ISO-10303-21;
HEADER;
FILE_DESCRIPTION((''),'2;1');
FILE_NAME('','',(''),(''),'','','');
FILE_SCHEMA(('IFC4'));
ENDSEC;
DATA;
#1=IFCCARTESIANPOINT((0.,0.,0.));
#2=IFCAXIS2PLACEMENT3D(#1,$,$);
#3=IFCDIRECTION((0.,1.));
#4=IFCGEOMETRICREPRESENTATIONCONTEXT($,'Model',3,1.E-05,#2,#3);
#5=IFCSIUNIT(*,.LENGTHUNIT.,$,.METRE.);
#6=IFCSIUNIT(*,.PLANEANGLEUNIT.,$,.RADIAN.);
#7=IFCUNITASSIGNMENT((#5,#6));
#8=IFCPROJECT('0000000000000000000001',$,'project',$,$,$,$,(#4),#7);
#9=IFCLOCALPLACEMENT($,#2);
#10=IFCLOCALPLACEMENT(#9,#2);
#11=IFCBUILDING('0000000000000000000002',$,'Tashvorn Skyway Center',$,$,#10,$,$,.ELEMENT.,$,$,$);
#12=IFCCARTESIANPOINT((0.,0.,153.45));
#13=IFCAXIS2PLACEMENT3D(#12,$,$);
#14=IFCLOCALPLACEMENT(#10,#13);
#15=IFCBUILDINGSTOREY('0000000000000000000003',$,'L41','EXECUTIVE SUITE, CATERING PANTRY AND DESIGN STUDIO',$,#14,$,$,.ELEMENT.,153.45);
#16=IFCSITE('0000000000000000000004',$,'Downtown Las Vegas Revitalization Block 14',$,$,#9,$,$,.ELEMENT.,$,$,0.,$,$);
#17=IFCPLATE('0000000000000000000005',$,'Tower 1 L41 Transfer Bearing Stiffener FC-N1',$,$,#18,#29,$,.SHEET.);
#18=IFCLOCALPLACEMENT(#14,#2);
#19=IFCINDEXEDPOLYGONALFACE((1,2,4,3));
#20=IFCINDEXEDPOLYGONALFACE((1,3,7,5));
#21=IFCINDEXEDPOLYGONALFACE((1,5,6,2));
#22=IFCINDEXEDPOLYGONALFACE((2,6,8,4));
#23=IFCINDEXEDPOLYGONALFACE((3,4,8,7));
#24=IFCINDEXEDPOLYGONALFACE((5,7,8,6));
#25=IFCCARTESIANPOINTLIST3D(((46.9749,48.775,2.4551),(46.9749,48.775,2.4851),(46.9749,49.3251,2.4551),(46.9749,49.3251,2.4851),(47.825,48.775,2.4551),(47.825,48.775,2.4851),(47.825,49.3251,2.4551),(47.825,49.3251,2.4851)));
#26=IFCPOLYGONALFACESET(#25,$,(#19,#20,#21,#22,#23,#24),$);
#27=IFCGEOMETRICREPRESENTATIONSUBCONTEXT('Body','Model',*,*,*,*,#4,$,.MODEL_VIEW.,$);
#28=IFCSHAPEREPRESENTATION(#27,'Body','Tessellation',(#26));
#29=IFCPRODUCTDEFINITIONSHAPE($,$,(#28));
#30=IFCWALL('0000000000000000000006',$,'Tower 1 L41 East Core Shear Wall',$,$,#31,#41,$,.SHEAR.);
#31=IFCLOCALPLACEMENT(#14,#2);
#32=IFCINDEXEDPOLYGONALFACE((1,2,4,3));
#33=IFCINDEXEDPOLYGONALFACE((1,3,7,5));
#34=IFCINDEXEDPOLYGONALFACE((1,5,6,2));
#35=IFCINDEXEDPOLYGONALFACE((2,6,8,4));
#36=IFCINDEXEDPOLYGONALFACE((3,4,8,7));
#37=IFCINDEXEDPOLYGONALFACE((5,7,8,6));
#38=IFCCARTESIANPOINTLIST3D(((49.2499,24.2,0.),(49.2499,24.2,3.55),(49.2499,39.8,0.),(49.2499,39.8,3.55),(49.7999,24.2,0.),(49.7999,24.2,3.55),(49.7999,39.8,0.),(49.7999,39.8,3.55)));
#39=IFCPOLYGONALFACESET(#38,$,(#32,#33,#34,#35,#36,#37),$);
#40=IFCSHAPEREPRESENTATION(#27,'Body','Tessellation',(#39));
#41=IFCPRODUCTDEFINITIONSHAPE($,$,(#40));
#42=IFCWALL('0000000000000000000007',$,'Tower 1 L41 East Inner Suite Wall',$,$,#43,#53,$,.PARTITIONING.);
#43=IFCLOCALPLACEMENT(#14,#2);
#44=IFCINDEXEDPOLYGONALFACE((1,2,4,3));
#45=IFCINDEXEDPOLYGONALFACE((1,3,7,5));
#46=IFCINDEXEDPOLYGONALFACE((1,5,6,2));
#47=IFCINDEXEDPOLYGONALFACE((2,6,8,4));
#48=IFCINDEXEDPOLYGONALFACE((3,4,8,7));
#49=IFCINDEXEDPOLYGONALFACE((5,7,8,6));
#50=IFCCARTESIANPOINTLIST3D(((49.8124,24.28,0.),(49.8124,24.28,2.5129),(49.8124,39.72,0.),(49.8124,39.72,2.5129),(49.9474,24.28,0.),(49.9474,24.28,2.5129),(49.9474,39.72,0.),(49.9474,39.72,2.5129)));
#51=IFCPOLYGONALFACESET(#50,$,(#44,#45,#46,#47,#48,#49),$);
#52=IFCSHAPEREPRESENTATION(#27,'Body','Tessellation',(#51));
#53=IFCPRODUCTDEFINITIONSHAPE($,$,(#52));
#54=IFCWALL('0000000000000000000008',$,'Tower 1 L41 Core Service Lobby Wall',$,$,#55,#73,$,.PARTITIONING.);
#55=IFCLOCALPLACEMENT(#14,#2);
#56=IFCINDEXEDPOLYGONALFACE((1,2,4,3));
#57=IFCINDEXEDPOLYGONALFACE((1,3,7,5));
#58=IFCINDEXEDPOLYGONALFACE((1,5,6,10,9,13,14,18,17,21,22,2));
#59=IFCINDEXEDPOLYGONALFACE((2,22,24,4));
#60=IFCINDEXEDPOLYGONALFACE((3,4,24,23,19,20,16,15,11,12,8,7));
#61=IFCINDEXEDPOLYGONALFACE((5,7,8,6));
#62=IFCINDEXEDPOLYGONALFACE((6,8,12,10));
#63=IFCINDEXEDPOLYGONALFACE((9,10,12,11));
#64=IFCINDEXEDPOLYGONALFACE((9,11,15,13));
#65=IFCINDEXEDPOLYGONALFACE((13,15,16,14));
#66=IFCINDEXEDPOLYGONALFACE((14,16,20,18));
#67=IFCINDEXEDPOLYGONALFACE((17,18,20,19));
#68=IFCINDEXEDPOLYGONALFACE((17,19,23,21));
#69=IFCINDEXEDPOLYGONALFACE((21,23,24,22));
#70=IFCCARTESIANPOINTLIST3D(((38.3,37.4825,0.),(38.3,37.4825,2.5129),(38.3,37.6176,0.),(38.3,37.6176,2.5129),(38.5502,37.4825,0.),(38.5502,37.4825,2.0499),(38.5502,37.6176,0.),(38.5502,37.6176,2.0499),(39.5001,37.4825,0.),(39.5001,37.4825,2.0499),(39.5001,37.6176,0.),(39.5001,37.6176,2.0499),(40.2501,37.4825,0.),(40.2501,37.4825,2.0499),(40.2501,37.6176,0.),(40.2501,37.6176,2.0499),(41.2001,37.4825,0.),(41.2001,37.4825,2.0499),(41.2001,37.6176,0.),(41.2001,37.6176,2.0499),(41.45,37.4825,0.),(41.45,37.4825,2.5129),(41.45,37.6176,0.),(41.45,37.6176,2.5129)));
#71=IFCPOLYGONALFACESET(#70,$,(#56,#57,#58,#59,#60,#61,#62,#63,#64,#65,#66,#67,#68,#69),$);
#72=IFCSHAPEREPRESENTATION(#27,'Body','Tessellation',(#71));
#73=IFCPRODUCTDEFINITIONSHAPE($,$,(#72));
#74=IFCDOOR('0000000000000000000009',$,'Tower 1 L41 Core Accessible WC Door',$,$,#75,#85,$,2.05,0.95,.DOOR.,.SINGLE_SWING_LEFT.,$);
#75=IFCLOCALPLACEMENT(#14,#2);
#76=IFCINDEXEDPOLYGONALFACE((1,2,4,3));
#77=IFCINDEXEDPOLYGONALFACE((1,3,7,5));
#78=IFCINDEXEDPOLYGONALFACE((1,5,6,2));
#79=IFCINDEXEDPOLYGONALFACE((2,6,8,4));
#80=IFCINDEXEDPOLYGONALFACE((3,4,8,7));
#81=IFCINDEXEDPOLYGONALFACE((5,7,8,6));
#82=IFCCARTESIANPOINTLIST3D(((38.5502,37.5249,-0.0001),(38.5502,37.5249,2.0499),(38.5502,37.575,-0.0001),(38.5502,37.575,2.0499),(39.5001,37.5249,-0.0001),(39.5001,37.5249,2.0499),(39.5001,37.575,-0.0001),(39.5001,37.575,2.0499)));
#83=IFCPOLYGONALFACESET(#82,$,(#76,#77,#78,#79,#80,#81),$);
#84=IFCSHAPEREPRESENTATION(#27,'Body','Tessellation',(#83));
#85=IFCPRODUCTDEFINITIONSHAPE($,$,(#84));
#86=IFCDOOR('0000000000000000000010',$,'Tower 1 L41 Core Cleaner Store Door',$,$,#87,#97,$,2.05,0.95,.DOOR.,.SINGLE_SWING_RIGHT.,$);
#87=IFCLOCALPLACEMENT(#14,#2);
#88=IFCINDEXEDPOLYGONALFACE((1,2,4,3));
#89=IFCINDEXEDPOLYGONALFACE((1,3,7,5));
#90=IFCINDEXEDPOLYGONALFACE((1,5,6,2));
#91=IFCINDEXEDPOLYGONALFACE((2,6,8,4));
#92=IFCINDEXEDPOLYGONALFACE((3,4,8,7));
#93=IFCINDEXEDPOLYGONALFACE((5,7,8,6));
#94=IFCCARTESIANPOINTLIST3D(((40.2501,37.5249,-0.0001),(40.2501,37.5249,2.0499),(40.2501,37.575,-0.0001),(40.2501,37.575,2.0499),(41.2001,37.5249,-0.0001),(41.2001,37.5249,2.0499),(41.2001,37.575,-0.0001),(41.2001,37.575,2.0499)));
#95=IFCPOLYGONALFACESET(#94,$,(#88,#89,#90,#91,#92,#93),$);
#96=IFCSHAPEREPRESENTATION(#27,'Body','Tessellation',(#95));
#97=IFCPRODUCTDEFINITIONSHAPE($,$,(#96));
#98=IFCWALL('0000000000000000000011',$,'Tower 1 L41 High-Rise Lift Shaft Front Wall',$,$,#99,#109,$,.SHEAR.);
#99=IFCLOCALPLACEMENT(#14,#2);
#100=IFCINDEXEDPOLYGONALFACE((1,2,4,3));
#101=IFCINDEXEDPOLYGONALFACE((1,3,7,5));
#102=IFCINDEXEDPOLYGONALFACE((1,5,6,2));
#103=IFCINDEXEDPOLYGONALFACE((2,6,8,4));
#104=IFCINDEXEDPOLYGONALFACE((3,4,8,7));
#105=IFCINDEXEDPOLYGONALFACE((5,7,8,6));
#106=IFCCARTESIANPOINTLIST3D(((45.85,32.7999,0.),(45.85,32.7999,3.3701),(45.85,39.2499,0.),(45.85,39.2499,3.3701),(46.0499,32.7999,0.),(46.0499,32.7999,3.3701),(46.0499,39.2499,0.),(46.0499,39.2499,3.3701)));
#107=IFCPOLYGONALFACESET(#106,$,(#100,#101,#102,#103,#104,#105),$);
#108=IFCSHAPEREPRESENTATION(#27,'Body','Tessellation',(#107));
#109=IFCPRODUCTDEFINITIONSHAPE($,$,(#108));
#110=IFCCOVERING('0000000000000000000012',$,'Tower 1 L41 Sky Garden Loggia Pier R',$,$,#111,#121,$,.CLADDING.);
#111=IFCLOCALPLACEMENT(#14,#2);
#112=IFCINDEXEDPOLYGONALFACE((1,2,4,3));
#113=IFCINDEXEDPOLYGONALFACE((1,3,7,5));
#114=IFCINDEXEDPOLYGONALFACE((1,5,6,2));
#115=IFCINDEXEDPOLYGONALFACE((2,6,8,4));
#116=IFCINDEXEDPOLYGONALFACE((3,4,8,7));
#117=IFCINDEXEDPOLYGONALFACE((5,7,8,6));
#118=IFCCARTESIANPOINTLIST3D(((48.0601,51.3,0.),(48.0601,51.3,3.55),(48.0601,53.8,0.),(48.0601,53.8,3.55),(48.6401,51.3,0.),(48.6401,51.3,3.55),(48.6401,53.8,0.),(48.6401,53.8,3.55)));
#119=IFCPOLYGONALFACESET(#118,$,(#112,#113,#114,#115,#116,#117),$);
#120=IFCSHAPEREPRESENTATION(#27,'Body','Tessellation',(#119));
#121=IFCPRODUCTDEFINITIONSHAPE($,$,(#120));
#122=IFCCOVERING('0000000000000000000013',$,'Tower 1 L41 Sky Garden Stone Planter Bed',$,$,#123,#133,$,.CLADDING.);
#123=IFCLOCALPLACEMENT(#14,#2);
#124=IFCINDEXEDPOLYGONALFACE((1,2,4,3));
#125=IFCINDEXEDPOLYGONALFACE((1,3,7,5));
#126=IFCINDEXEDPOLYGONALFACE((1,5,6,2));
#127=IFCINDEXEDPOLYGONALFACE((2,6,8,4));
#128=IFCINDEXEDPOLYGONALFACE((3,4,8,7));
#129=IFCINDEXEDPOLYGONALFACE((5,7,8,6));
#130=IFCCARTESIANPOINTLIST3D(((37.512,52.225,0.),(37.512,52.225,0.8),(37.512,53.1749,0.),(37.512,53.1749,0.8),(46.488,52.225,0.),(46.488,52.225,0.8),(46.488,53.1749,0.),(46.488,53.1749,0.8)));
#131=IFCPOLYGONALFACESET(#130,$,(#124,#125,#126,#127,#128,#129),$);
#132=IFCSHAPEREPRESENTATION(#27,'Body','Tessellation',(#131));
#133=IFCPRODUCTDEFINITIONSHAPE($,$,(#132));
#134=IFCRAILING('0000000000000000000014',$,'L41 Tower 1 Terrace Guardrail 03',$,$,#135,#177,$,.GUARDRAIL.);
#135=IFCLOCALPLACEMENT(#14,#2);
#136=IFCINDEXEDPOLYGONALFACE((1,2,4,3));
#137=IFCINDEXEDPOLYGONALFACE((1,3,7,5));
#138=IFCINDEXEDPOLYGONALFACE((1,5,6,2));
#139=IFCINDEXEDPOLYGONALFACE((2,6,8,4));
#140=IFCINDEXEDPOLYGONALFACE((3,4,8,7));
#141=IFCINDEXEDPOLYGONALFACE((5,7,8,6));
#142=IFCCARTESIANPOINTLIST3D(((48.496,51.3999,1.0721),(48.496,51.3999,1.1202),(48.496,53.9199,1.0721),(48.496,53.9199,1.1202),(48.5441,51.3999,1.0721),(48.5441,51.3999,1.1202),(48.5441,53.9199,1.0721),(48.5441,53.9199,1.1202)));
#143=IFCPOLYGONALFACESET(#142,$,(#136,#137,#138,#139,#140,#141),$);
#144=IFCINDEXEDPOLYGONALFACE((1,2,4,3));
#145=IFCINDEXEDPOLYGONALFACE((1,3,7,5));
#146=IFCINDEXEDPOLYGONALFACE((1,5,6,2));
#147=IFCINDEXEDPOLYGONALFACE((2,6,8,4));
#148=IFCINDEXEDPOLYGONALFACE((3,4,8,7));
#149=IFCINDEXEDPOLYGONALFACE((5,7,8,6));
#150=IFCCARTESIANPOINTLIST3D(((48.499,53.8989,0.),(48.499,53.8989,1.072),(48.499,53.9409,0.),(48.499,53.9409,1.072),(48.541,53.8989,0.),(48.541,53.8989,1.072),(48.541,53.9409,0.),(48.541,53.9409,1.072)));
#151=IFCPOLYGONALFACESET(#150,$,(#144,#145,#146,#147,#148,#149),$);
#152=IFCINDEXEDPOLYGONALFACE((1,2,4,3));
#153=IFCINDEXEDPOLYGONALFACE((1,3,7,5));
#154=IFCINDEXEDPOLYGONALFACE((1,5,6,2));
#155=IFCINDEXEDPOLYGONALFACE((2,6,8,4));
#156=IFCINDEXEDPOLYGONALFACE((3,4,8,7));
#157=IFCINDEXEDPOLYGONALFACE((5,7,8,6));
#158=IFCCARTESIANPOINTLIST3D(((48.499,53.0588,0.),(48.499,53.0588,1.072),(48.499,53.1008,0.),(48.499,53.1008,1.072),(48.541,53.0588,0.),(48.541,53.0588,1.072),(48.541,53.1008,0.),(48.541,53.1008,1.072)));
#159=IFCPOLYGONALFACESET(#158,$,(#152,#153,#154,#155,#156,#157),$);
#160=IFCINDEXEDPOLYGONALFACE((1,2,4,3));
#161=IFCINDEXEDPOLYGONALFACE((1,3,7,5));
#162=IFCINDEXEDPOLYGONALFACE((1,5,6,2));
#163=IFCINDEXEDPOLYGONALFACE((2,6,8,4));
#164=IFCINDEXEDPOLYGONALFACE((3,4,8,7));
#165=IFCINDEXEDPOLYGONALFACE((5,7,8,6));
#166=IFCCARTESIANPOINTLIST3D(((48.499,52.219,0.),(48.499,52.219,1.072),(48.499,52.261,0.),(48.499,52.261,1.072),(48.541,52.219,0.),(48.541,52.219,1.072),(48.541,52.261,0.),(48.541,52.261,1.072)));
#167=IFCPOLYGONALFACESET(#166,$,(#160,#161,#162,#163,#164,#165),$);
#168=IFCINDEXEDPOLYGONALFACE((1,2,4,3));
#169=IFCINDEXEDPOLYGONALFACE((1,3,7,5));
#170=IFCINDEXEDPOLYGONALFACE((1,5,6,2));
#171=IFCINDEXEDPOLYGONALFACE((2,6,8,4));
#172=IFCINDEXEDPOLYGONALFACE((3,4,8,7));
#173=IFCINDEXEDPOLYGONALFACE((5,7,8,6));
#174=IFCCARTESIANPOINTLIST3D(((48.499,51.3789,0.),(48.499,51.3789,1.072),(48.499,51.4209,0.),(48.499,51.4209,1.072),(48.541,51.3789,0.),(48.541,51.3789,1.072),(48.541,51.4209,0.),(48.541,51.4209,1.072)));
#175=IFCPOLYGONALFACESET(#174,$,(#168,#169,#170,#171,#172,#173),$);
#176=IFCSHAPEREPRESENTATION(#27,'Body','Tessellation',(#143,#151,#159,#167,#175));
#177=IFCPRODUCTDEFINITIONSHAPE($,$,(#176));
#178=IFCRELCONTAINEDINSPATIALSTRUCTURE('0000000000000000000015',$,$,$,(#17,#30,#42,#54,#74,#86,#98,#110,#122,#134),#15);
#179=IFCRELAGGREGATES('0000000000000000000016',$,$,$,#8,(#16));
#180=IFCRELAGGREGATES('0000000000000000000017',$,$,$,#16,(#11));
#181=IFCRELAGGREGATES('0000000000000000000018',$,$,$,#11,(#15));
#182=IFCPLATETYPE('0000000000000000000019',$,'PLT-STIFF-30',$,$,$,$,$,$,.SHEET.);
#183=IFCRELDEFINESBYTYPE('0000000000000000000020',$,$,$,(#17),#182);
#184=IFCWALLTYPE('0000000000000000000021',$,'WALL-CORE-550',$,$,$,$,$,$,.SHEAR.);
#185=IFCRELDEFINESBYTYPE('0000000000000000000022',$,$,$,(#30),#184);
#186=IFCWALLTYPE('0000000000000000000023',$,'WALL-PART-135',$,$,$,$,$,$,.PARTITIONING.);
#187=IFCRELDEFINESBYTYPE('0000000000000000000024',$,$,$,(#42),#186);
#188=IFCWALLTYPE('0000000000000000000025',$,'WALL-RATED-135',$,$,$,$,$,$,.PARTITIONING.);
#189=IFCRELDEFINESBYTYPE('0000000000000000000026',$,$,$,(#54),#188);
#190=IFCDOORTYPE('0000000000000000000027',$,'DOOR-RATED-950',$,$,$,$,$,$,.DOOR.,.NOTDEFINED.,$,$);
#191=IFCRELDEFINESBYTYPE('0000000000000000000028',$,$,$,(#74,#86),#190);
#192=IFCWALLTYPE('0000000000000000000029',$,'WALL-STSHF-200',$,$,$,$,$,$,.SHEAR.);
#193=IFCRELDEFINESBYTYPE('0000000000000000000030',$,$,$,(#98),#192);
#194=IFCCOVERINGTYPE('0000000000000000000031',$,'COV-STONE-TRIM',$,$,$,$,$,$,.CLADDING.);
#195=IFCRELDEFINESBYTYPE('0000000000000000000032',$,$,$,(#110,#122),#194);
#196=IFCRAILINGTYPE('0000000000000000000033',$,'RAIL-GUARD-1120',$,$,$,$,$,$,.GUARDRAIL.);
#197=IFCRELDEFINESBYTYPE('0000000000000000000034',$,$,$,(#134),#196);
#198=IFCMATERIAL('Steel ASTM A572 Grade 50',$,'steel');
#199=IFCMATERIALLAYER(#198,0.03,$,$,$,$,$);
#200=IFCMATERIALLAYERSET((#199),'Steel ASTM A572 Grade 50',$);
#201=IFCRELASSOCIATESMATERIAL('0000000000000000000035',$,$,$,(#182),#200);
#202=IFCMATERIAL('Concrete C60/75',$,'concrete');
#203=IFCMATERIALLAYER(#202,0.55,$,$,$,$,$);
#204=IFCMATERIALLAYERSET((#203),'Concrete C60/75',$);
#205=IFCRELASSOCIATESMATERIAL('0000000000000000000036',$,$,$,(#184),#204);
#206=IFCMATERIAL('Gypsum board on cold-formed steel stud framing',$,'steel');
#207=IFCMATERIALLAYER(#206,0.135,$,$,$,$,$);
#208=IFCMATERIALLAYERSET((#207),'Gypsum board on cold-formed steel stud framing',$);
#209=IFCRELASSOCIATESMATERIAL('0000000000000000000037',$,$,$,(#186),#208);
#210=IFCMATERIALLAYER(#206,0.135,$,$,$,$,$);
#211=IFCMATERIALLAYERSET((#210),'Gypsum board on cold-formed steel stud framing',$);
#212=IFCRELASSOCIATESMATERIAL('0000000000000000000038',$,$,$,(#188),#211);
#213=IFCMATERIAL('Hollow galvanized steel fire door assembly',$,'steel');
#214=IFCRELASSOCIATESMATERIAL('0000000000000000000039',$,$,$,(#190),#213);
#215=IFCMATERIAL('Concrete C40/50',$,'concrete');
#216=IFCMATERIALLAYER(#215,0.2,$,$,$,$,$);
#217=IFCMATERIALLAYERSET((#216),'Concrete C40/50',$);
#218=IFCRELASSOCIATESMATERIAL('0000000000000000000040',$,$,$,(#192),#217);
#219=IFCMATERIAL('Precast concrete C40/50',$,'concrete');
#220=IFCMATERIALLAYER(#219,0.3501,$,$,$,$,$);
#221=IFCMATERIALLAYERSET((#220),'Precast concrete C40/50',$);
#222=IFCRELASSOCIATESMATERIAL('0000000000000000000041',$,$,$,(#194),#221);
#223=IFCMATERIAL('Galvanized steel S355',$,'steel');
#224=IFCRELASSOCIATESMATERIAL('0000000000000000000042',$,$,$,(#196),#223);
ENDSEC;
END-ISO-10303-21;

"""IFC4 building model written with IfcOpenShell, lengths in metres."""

from ifc_helpers import new_model, si_unit, direction, frame, frame_2d, origin, origin_2d, place, context, subcontext, project, spatial, rectangle, extrude, material, layer, layer_set, type_object, element, fill, save


model = new_model("IFC4")

# Units and contexts
model_context = context("Model", 3, precision=1e-05, world=origin(), true_north=direction((0.0, 1.0)))
body_context = subcontext(model_context, "Body", "Model", "MODEL_VIEW")
ifc_project = project(units=[si_unit("LENGTHUNIT", "METRE"), si_unit("PLANEANGLEUNIT", "RADIAN")], contexts=[model_context])

# Site, building, storey
site_placement = place(None, origin())
site = spatial("IfcSite", under=ifc_project, at=site_placement, Name="Downtown Las Vegas Revitalization Block 14", CompositionType="ELEMENT", RefElevation=0.0)
building_placement = place(site_placement, origin())
building = spatial("IfcBuilding", under=site, at=building_placement, Name="Tashvorn Skyway Center", CompositionType="ELEMENT")
storey_placement = place(building_placement, frame((0.0, 0.0, 153.45)))
storey = spatial("IfcBuildingStorey", under=building, at=storey_placement, Name="L41", Description="EXECUTIVE SUITE, CATERING PANTRY AND DESIGN STUDIO", CompositionType="ELEMENT", Elevation=153.45)

# Shared definitions
ifc_material_1 = material(Name="Steel ASTM A572 Grade 50", Category="steel")

# Plate
ifc_layer_1 = layer(ifc_material_1, 0.03)
ifc_layer_set_1 = layer_set([ifc_layer_1], Name="Steel ASTM A572 Grade 50")
plate_type_1 = type_object("IfcPlateType", Name="PLT-STIFF-30", PredefinedType="SHEET", material=ifc_layer_set_1)
plate_1_placement = place(storey_placement, frame((47.3999, 49.05, 2.4551), z_axis=(0.0, 0.0, 1.0), x_axis=(1.0, 0.0, 0.0)))
element("IfcPlate", 1, at=plate_1_placement, inside=storey, type_object=plate_type_1, Name="Tower 1 L41 Transfer Bearing Stiffener FC-N1", PredefinedType="SHEET", context=body_context, shape_type="SweptSolid", body=[
    extrude(rectangle(XDim=0.8501, YDim=0.55, at=origin_2d()), origin(), (0.0, 0.0, 1.0), 0.03),
])

# Walls
ifc_material_2 = material(Name="Concrete C60/75", Category="concrete")
ifc_layer_2 = layer(ifc_material_2, 0.55)
ifc_layer_set_2 = layer_set([ifc_layer_2], Name="Concrete C60/75")
wall_type_1 = type_object("IfcWallType", Name="WALL-CORE-550", PredefinedType="SHEAR", material=ifc_layer_set_2)
wall_1_placement = place(storey_placement, frame((49.5249, 39.8, 0.0), z_axis=(0.0, 0.0, 1.0), x_axis=(0.0, -1.0, 0.0)))
element("IfcWall", 2, at=wall_1_placement, inside=storey, type_object=wall_type_1, Name="Tower 1 L41 East Core Shear Wall", PredefinedType="SHEAR", context=body_context, shape_type="SweptSolid", body=[
    extrude(rectangle(XDim=15.6001, YDim=0.55, at=frame_2d((7.8, 0.0))), origin(), (0.0, 0.0, 1.0), 3.55),
])
ifc_material_3 = material(Name="Gypsum board on cold-formed steel stud framing", Category="steel")
ifc_layer_3 = layer(ifc_material_3, 0.135)
ifc_layer_set_3 = layer_set([ifc_layer_3], Name="Gypsum board on cold-formed steel stud framing")
wall_type_2 = type_object("IfcWallType", Name="WALL-PART-135", PredefinedType="PARTITIONING", material=ifc_layer_set_3)
wall_2_placement = place(storey_placement, frame((49.8799, 39.72, 0.0), z_axis=(0.0, 0.0, 1.0), x_axis=(0.0, -1.0, 0.0)))
element("IfcWall", 3, at=wall_2_placement, inside=storey, type_object=wall_type_2, Name="Tower 1 L41 East Inner Suite Wall", PredefinedType="PARTITIONING", context=body_context, shape_type="SweptSolid", body=[
    extrude(rectangle(XDim=15.4399, YDim=0.135, at=frame_2d((7.72, 0.0))), origin(), (0.0, 0.0, 1.0), 2.5129),
])

# Wall, openings, doors
ifc_layer_4 = layer(ifc_material_3, 0.135)
ifc_layer_set_4 = layer_set([ifc_layer_4], Name="Gypsum board on cold-formed steel stud framing")
wall_type_3 = type_object("IfcWallType", Name="WALL-RATED-135", PredefinedType="PARTITIONING", material=ifc_layer_set_4)
wall_3_placement = place(storey_placement, frame((38.3, 37.55, 0.0), z_axis=(0.0, 0.0, 1.0), x_axis=(1.0, 0.0, 0.0)))
wall_3 = element("IfcWall", 4, at=wall_3_placement, inside=storey, type_object=wall_type_3, Name="Tower 1 L41 Core Service Lobby Wall", PredefinedType="PARTITIONING", context=body_context, shape_type="SweptSolid", body=[
    extrude(rectangle(XDim=3.1499, YDim=0.135, at=frame_2d((1.575, 0.0))), origin(), (0.0, 0.0, 1.0), 2.5129),
])
opening_1_placement = place(wall_3_placement, frame((0.25, 0.0, 0.0)))
opening_1 = element("IfcOpeningElement", 5, at=opening_1_placement, cuts=wall_3, PredefinedType="OPENING", context=body_context, shape_type="SweptSolid", body=[
    extrude(rectangle(XDim=0.95, YDim=2.05, at=frame_2d((0.4751, 1.0249))), frame((0.0, 0.0774, 0.0), z_axis=(0.0, -1.0, 0.0), x_axis=(1.0, 0.0, 0.0)), (0.0, 0.0, 1.0), 0.155),
])
opening_2_placement = place(wall_3_placement, frame((1.95, 0.0, 0.0)))
opening_2 = element("IfcOpeningElement", 6, at=opening_2_placement, cuts=wall_3, PredefinedType="OPENING", context=body_context, shape_type="SweptSolid", body=[
    extrude(rectangle(XDim=0.95, YDim=2.05, at=frame_2d((0.4751, 1.0249))), frame((0.0, 0.0774, 0.0), z_axis=(0.0, -1.0, 0.0), x_axis=(1.0, 0.0, 0.0)), (0.0, 0.0, 1.0), 0.155),
])
ifc_material_4 = material(Name="Hollow galvanized steel fire door assembly", Category="steel")
door_type = type_object("IfcDoorType", Name="DOOR-RATED-950", OperationType="NOTDEFINED", PredefinedType="DOOR", material=ifc_material_4)
door_1_placement = place(opening_1_placement, origin())
door_1 = element("IfcDoor", 7, at=door_1_placement, inside=storey, type_object=door_type, Name="Tower 1 L41 Core Accessible WC Door", OperationType="SINGLE_SWING_LEFT", OverallHeight=2.05, OverallWidth=0.95, PredefinedType="DOOR", context=body_context, shape_type="SweptSolid", body=[
    extrude(rectangle(XDim=0.95, YDim=2.05, at=frame_2d((0.4751, 1.0249))), frame((0.0, 0.0249, 0.0), z_axis=(0.0, -1.0, 0.0), x_axis=(1.0, 0.0, 0.0)), (0.0, 0.0, 1.0), 0.05),
])
fill(opening_1, door_1)
door_2_placement = place(opening_2_placement, origin())
door_2 = element("IfcDoor", 8, at=door_2_placement, inside=storey, type_object=door_type, Name="Tower 1 L41 Core Cleaner Store Door", OperationType="SINGLE_SWING_RIGHT", OverallHeight=2.05, OverallWidth=0.95, PredefinedType="DOOR", context=body_context, shape_type="SweptSolid", body=[
    extrude(rectangle(XDim=0.95, YDim=2.05, at=frame_2d((0.4751, 1.0249))), frame((0.0, 0.0249, 0.0), z_axis=(0.0, -1.0, 0.0), x_axis=(1.0, 0.0, 0.0)), (0.0, 0.0, 1.0), 0.05),
])
fill(opening_2, door_2)

# Wall
ifc_material_5 = material(Name="Concrete C40/50", Category="concrete")
ifc_layer_5 = layer(ifc_material_5, 0.2)
ifc_layer_set_5 = layer_set([ifc_layer_5], Name="Concrete C40/50")
wall_type_4 = type_object("IfcWallType", Name="WALL-STSHF-200", PredefinedType="SHEAR", material=ifc_layer_set_5)
wall_4_placement = place(storey_placement, frame((45.95, 39.25, 0.0), z_axis=(0.0, 0.0, 1.0), x_axis=(0.0, -1.0, 0.0)))
element("IfcWall", 9, at=wall_4_placement, inside=storey, type_object=wall_type_4, Name="Tower 1 L41 High-Rise Lift Shaft Front Wall", PredefinedType="SHEAR", context=body_context, shape_type="SweptSolid", body=[
    extrude(rectangle(XDim=6.45, YDim=0.2, at=frame_2d((3.2251, 0.0))), origin(), (0.0, 0.0, 1.0), 3.3701),
])

# Coverings
ifc_material_6 = material(Name="Precast concrete C40/50", Category="concrete")
ifc_layer_6 = layer(ifc_material_6, 0.3501)
ifc_layer_set_6 = layer_set([ifc_layer_6], Name="Precast concrete C40/50")
covering_type = type_object("IfcCoveringType", Name="COV-STONE-TRIM", PredefinedType="CLADDING", material=ifc_layer_set_6)
covering_1_placement = place(storey_placement, frame((48.3501, 52.55, 0.0), z_axis=(0.0, 0.0, 1.0), x_axis=(1.0, 0.0, 0.0)))
element("IfcCovering", 10, at=covering_1_placement, inside=storey, type_object=covering_type, Name="Tower 1 L41 Sky Garden Loggia Pier R", PredefinedType="CLADDING", context=body_context, shape_type="SweptSolid", body=[
    extrude(rectangle(XDim=0.5801, YDim=2.5, at=origin_2d()), origin(), (0.0, 0.0, 1.0), 3.55),
])
covering_2_placement = place(storey_placement, frame((42.0, 52.7, 0.0), z_axis=(0.0, 0.0, 1.0), x_axis=(1.0, 0.0, 0.0)))
element("IfcCovering", 11, at=covering_2_placement, inside=storey, type_object=covering_type, Name="Tower 1 L41 Sky Garden Stone Planter Bed", PredefinedType="CLADDING", context=body_context, shape_type="SweptSolid", body=[
    extrude(rectangle(XDim=8.9761, YDim=0.95, at=origin_2d()), origin(), (0.0, 0.0, 1.0), 0.8),
])

# Railing
ifc_material_7 = material(Name="Galvanized steel S355", Category="steel")
railing_type = type_object("IfcRailingType", Name="RAIL-GUARD-1120", PredefinedType="GUARDRAIL", material=ifc_material_7)
railing_placement = place(storey_placement, frame((48.52, 53.9199, 0.0)))
element("IfcRailing", 12, at=railing_placement, inside=storey, type_object=railing_type, Name="L41 Tower 1 Terrace Guardrail 03", PredefinedType="GUARDRAIL", context=body_context, shape_type="SweptSolid", body=[
    extrude(rectangle(XDim=0.0481, YDim=0.0481, at=origin_2d()), frame((0.0, 0.0, 1.0962), z_axis=(0.0, -1.0, 0.0), x_axis=(1.0, 0.0, 0.0)), (0.0, 0.0, 1.0), 2.52),
    extrude(rectangle(XDim=0.042, YDim=0.042, at=origin_2d()), origin(), (0.0, 0.0, 1.0), 1.072),
    extrude(rectangle(XDim=0.042, YDim=0.042, at=origin_2d()), frame((0.0, -0.8401, 0.0)), (0.0, 0.0, 1.0), 1.072),
    extrude(rectangle(XDim=0.042, YDim=0.042, at=origin_2d()), frame((0.0, -1.6799, 0.0)), (0.0, 0.0, 1.0), 1.072),
    extrude(rectangle(XDim=0.042, YDim=0.042, at=origin_2d()), frame((0.0, -2.52, 0.0)), (0.0, 0.0, 1.0), 1.072),
])

save(model, "model.ifc")
